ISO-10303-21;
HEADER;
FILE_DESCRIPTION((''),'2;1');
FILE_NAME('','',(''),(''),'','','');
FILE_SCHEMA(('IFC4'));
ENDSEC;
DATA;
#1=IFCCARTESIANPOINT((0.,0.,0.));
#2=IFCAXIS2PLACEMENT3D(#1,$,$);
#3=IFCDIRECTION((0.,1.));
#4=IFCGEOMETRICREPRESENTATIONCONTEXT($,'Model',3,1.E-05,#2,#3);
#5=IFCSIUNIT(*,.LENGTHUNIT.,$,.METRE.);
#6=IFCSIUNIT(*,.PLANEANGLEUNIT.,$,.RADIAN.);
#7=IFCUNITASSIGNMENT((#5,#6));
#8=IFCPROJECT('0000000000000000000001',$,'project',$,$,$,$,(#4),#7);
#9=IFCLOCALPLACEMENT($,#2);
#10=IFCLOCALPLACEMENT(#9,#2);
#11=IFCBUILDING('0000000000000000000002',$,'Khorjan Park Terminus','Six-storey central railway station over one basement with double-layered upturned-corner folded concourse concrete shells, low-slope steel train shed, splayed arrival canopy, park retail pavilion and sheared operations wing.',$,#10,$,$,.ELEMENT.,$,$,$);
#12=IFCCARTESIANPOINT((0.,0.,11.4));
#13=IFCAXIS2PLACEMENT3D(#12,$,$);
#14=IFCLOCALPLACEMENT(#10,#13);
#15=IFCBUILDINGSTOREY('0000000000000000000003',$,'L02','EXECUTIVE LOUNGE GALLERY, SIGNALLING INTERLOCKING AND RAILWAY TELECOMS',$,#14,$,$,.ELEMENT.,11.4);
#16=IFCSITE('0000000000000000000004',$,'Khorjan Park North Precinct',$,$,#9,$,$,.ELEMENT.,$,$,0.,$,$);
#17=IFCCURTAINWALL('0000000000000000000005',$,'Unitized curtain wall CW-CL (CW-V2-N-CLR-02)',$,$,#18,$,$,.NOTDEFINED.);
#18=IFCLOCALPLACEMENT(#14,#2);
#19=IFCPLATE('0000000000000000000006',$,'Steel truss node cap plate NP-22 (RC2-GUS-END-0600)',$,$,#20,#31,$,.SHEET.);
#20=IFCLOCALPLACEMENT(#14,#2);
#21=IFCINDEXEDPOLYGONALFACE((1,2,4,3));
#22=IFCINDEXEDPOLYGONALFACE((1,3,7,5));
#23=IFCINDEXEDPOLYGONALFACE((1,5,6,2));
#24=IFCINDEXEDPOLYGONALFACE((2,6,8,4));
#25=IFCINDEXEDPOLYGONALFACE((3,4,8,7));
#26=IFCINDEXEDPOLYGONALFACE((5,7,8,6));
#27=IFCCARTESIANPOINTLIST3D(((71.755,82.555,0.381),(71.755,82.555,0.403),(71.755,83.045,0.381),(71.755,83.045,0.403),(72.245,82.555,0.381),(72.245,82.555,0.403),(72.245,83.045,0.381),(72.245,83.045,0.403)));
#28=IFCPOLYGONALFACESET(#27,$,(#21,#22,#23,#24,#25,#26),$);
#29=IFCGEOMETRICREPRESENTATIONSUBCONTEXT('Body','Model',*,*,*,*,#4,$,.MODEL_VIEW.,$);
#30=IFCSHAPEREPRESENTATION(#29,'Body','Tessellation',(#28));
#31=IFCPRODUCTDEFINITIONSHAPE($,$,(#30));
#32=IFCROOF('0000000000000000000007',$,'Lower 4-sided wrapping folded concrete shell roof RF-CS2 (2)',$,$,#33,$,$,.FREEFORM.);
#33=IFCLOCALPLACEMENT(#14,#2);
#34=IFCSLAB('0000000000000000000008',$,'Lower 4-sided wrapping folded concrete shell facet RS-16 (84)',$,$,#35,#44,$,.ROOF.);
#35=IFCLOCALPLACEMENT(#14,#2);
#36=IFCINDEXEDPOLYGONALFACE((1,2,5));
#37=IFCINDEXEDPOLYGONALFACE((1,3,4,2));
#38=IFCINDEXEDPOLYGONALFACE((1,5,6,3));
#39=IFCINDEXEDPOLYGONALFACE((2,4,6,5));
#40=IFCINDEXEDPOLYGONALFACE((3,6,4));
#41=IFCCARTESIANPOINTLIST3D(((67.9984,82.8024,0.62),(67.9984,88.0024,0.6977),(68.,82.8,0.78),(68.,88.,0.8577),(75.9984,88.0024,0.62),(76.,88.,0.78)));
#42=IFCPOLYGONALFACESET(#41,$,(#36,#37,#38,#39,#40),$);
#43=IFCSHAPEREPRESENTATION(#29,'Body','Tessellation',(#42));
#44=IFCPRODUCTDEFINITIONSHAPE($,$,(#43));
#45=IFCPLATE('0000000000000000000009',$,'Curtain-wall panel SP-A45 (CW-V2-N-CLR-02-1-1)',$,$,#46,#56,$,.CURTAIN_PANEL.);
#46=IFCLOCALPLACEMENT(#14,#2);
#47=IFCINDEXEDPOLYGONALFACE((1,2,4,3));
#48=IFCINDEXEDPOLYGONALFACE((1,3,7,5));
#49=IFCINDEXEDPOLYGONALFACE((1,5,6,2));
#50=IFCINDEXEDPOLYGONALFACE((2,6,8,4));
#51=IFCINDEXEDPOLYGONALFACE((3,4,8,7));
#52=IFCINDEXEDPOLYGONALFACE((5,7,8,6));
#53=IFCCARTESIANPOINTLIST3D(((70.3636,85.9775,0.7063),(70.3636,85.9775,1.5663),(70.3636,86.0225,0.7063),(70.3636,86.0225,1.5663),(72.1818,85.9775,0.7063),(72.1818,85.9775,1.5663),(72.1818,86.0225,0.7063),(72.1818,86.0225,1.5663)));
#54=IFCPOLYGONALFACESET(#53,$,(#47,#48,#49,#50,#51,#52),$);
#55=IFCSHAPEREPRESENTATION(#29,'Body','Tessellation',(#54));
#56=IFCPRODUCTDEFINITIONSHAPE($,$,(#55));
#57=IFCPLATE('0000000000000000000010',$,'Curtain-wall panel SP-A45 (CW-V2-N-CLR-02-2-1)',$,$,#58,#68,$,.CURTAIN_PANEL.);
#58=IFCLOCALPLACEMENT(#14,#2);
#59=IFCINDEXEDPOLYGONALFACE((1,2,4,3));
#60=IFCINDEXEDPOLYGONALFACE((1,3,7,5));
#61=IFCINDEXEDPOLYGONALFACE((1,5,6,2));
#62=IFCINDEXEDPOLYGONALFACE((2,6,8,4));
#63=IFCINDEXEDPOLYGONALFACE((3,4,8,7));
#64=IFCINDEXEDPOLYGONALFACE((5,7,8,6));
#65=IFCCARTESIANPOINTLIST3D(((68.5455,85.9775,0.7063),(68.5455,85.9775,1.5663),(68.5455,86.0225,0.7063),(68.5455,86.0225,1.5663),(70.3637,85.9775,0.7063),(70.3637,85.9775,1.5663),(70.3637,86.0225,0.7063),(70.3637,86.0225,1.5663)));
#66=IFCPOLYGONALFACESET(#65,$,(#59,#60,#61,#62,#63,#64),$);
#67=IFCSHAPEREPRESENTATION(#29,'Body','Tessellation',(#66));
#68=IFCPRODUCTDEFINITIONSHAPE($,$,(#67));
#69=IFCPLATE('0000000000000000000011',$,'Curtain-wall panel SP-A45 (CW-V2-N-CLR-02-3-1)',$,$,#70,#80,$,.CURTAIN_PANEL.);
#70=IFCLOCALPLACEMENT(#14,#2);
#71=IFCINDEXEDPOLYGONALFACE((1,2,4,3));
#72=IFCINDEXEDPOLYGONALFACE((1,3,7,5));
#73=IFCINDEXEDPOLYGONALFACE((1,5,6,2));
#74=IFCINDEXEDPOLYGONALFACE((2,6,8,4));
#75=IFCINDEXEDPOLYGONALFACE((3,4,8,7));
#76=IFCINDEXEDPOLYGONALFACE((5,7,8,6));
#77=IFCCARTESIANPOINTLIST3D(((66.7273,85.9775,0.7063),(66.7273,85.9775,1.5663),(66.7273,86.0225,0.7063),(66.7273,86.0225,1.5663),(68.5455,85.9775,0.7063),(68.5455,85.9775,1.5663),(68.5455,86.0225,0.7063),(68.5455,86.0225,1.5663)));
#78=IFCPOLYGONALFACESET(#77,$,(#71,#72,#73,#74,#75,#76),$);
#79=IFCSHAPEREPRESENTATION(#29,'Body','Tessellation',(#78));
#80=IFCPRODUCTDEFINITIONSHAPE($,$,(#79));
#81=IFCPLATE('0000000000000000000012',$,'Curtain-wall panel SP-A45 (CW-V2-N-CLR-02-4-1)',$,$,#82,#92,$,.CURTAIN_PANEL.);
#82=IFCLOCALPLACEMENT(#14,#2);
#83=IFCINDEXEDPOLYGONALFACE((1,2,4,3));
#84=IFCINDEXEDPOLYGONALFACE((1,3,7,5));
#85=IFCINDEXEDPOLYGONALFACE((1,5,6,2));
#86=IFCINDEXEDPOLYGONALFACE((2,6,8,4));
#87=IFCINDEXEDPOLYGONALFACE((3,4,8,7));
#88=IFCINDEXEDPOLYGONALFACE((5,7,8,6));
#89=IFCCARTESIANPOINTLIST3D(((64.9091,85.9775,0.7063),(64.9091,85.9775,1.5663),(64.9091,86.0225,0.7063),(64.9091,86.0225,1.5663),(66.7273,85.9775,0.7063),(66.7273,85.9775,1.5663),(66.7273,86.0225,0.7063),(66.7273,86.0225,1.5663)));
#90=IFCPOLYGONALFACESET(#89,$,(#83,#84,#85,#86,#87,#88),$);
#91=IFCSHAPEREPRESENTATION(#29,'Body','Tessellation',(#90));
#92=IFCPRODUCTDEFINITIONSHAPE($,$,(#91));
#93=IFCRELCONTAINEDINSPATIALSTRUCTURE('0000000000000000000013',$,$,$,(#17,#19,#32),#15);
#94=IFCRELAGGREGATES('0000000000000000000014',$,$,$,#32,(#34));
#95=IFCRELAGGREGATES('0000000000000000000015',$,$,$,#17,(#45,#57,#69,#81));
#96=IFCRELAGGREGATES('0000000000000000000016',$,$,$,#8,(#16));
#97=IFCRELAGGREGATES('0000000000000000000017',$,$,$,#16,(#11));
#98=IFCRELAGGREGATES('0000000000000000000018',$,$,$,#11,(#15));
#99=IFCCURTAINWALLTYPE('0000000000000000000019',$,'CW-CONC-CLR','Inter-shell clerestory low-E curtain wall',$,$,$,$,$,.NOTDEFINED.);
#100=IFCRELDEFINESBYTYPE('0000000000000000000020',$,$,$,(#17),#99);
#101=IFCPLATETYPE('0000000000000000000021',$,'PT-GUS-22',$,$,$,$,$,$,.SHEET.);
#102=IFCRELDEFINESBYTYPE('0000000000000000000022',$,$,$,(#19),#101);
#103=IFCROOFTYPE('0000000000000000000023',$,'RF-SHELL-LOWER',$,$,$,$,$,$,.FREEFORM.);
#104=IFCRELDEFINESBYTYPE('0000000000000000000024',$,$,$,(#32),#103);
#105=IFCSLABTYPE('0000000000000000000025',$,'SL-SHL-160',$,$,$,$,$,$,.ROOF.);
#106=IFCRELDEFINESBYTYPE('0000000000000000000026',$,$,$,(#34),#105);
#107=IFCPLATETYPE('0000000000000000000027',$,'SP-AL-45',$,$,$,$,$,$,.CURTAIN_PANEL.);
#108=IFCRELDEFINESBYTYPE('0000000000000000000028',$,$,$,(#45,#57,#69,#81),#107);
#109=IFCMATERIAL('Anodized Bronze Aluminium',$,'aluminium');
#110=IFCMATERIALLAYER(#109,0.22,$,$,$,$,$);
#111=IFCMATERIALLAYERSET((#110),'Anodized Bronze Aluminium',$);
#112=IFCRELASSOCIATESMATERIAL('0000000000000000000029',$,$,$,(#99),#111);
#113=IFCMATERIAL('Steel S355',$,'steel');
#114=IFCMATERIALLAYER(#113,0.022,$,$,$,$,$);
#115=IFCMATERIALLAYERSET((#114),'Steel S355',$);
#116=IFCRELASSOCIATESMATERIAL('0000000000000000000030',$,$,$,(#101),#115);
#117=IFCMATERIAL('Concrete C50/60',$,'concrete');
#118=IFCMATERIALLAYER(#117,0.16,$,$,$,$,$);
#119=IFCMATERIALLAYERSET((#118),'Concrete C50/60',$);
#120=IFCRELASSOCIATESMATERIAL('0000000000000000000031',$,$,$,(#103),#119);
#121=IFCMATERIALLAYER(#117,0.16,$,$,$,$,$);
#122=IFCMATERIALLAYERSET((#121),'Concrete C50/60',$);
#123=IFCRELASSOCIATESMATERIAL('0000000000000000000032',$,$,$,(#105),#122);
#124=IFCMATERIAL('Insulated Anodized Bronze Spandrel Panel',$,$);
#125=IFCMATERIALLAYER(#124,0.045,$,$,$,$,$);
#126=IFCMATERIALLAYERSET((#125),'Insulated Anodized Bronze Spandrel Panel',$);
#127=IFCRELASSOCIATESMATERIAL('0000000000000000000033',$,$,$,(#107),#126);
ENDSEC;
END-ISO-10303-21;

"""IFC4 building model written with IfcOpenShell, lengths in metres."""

from ifc_helpers import new_model, si_unit, direction, frame, origin, origin_2d, place, context, subcontext, project, spatial, polyline, rectangle, outline, extrude, material, layer, layer_set, type_object, element, aggregate, save


model = new_model("IFC4")

# Units and contexts
model_context = context("Model", 3, precision=1e-05, world=origin(), true_north=direction((0.0, 1.0)))
body_context = subcontext(model_context, "Body", "Model", "MODEL_VIEW")
ifc_project = project(units=[si_unit("LENGTHUNIT", "METRE"), si_unit("PLANEANGLEUNIT", "RADIAN")], contexts=[model_context])

# Site, building, storey
site_placement = place(None, origin())
site = spatial("IfcSite", under=ifc_project, at=site_placement, Name="Khorjan Park North Precinct", CompositionType="ELEMENT", RefElevation=0.0)
building_placement = place(site_placement, origin())
building = spatial("IfcBuilding", under=site, at=building_placement, Name="Khorjan Park Terminus", Description="Six-storey central railway station over one basement with double-layered upturned-corner folded concourse concrete shells, low-slope steel train shed, splayed arrival canopy, park retail pavilion and sheared operations wing.", CompositionType="ELEMENT")
storey_placement = place(building_placement, frame((0.0, 0.0, 11.4)))
storey = spatial("IfcBuildingStorey", under=building, at=storey_placement, Name="L02", Description="EXECUTIVE LOUNGE GALLERY, SIGNALLING INTERLOCKING AND RAILWAY TELECOMS", CompositionType="ELEMENT", Elevation=11.4)

# Shared definitions
ifc_material_1 = material(Name="Steel S355", Category="steel")

# Curtain wall
ifc_material_2 = material(Name="Anodized Bronze Aluminium", Category="aluminium")
ifc_layer_1 = layer(ifc_material_2, 0.22)
ifc_layer_set_1 = layer_set([ifc_layer_1], Name="Anodized Bronze Aluminium")
curtain_wall_type = type_object("IfcCurtainWallType", Name="CW-CONC-CLR", Description="Inter-shell clerestory low-E curtain wall", PredefinedType="NOTDEFINED", material=ifc_layer_set_1)
curtain_wall_placement = place(storey_placement, origin())
curtain_wall = element("IfcCurtainWall", 1, at=curtain_wall_placement, inside=storey, type_object=curtain_wall_type, Name="Unitized curtain wall CW-CL (CW-V2-N-CLR-02)", PredefinedType="NOTDEFINED")

# Plate
ifc_layer_2 = layer(ifc_material_1, 0.022)
ifc_layer_set_2 = layer_set([ifc_layer_2], Name="Steel S355")
plate_type_1 = type_object("IfcPlateType", Name="PT-GUS-22", PredefinedType="SHEET", material=ifc_layer_set_2)
plate_1_placement = place(storey_placement, frame((72.0, 82.8, 0.381), z_axis=(0.0, 0.0, 1.0), x_axis=(1.0, 0.0, 0.0)))
element("IfcPlate", 2, at=plate_1_placement, inside=storey, type_object=plate_type_1, Name="Steel truss node cap plate NP-22 (RC2-GUS-END-0600)", PredefinedType="SHEET", context=body_context, shape_type="SweptSolid", body=[
    extrude(rectangle(XDim=0.49, YDim=0.49, at=origin_2d()), origin(), (0.0, 0.0, 1.0), 0.022),
])

# Roof, slab
ifc_material_3 = material(Name="Concrete C50/60", Category="concrete")
ifc_layer_3 = layer(ifc_material_3, 0.16)
ifc_layer_set_3 = layer_set([ifc_layer_3], Name="Concrete C50/60")
roof_type = type_object("IfcRoofType", Name="RF-SHELL-LOWER", PredefinedType="FREEFORM", material=ifc_layer_set_3)
roof_placement = place(storey_placement, origin())
roof = element("IfcRoof", 3, at=roof_placement, inside=storey, type_object=roof_type, Name="Lower 4-sided wrapping folded concrete shell roof RF-CS2 (2)", PredefinedType="FREEFORM")
ifc_layer_4 = layer(ifc_material_3, 0.16)
ifc_layer_set_4 = layer_set([ifc_layer_4], Name="Concrete C50/60")
slab_type = type_object("IfcSlabType", Name="SL-SHL-160", PredefinedType="ROOF", material=ifc_layer_set_4)
slab_placement = place(storey_placement, frame((68.0, 82.8, 0.78), z_axis=(0.009711, -0.01494, 0.999841), x_axis=(0.838444, 0.544988, 0.0)))
slab = element("IfcSlab", 4, at=slab_placement, type_object=slab_type, Name="Lower 4-sided wrapping folded concrete shell facet RS-16 (84)", PredefinedType="ROOF", context=body_context, shape_type="SweptSolid", body=[
    extrude(outline(polyline([(0.0, 0.0), (9.5415, 0.0), (2.8339, 4.3606), (0.0, 0.0)])), origin(), (0.0, 0.0, -1.0), 0.16),
])
aggregate(roof, [slab])

# Plates
ifc_material_4 = material(Name="Insulated Anodized Bronze Spandrel Panel")
ifc_layer_5 = layer(ifc_material_4, 0.045)
ifc_layer_set_5 = layer_set([ifc_layer_5], Name="Insulated Anodized Bronze Spandrel Panel")
plate_type_2 = type_object("IfcPlateType", Name="SP-AL-45", PredefinedType="CURTAIN_PANEL", material=ifc_layer_set_5)
plate_2_placement = place(storey_placement, frame((71.2727, 86.0, 0.7063), z_axis=(0.0, 0.0, 1.0), x_axis=(-1.0, 0.0, 0.0)))
plate_2 = element("IfcPlate", 5, at=plate_2_placement, type_object=plate_type_2, Name="Curtain-wall panel SP-A45 (CW-V2-N-CLR-02-1-1)", PredefinedType="CURTAIN_PANEL", context=body_context, shape_type="SweptSolid", body=[
    extrude(rectangle(XDim=1.8182, YDim=0.045, at=origin_2d()), origin(), (0.0, 0.0, 1.0), 0.86),
])
plate_3_placement = place(storey_placement, frame((69.4546, 86.0, 0.7063), z_axis=(0.0, 0.0, 1.0), x_axis=(-1.0, 0.0, 0.0)))
plate_3 = element("IfcPlate", 6, at=plate_3_placement, type_object=plate_type_2, Name="Curtain-wall panel SP-A45 (CW-V2-N-CLR-02-2-1)", PredefinedType="CURTAIN_PANEL", context=body_context, shape_type="SweptSolid", body=[
    extrude(rectangle(XDim=1.8182, YDim=0.045, at=origin_2d()), origin(), (0.0, 0.0, 1.0), 0.86),
])
plate_4_placement = place(storey_placement, frame((67.6364, 86.0, 0.7063), z_axis=(0.0, 0.0, 1.0), x_axis=(-1.0, 0.0, 0.0)))
plate_4 = element("IfcPlate", 7, at=plate_4_placement, type_object=plate_type_2, Name="Curtain-wall panel SP-A45 (CW-V2-N-CLR-02-3-1)", PredefinedType="CURTAIN_PANEL", context=body_context, shape_type="SweptSolid", body=[
    extrude(rectangle(XDim=1.8182, YDim=0.045, at=origin_2d()), origin(), (0.0, 0.0, 1.0), 0.86),
])
plate_5_placement = place(storey_placement, frame((65.8182, 86.0, 0.7063), z_axis=(0.0, 0.0, 1.0), x_axis=(-1.0, 0.0, 0.0)))
plate_5 = element("IfcPlate", 8, at=plate_5_placement, type_object=plate_type_2, Name="Curtain-wall panel SP-A45 (CW-V2-N-CLR-02-4-1)", PredefinedType="CURTAIN_PANEL", context=body_context, shape_type="SweptSolid", body=[
    extrude(rectangle(XDim=1.8182, YDim=0.045, at=origin_2d()), origin(), (0.0, 0.0, 1.0), 0.86),
])
aggregate(curtain_wall, [plate_2, plate_3, plate_4, plate_5])

save(model, "model.ifc")
